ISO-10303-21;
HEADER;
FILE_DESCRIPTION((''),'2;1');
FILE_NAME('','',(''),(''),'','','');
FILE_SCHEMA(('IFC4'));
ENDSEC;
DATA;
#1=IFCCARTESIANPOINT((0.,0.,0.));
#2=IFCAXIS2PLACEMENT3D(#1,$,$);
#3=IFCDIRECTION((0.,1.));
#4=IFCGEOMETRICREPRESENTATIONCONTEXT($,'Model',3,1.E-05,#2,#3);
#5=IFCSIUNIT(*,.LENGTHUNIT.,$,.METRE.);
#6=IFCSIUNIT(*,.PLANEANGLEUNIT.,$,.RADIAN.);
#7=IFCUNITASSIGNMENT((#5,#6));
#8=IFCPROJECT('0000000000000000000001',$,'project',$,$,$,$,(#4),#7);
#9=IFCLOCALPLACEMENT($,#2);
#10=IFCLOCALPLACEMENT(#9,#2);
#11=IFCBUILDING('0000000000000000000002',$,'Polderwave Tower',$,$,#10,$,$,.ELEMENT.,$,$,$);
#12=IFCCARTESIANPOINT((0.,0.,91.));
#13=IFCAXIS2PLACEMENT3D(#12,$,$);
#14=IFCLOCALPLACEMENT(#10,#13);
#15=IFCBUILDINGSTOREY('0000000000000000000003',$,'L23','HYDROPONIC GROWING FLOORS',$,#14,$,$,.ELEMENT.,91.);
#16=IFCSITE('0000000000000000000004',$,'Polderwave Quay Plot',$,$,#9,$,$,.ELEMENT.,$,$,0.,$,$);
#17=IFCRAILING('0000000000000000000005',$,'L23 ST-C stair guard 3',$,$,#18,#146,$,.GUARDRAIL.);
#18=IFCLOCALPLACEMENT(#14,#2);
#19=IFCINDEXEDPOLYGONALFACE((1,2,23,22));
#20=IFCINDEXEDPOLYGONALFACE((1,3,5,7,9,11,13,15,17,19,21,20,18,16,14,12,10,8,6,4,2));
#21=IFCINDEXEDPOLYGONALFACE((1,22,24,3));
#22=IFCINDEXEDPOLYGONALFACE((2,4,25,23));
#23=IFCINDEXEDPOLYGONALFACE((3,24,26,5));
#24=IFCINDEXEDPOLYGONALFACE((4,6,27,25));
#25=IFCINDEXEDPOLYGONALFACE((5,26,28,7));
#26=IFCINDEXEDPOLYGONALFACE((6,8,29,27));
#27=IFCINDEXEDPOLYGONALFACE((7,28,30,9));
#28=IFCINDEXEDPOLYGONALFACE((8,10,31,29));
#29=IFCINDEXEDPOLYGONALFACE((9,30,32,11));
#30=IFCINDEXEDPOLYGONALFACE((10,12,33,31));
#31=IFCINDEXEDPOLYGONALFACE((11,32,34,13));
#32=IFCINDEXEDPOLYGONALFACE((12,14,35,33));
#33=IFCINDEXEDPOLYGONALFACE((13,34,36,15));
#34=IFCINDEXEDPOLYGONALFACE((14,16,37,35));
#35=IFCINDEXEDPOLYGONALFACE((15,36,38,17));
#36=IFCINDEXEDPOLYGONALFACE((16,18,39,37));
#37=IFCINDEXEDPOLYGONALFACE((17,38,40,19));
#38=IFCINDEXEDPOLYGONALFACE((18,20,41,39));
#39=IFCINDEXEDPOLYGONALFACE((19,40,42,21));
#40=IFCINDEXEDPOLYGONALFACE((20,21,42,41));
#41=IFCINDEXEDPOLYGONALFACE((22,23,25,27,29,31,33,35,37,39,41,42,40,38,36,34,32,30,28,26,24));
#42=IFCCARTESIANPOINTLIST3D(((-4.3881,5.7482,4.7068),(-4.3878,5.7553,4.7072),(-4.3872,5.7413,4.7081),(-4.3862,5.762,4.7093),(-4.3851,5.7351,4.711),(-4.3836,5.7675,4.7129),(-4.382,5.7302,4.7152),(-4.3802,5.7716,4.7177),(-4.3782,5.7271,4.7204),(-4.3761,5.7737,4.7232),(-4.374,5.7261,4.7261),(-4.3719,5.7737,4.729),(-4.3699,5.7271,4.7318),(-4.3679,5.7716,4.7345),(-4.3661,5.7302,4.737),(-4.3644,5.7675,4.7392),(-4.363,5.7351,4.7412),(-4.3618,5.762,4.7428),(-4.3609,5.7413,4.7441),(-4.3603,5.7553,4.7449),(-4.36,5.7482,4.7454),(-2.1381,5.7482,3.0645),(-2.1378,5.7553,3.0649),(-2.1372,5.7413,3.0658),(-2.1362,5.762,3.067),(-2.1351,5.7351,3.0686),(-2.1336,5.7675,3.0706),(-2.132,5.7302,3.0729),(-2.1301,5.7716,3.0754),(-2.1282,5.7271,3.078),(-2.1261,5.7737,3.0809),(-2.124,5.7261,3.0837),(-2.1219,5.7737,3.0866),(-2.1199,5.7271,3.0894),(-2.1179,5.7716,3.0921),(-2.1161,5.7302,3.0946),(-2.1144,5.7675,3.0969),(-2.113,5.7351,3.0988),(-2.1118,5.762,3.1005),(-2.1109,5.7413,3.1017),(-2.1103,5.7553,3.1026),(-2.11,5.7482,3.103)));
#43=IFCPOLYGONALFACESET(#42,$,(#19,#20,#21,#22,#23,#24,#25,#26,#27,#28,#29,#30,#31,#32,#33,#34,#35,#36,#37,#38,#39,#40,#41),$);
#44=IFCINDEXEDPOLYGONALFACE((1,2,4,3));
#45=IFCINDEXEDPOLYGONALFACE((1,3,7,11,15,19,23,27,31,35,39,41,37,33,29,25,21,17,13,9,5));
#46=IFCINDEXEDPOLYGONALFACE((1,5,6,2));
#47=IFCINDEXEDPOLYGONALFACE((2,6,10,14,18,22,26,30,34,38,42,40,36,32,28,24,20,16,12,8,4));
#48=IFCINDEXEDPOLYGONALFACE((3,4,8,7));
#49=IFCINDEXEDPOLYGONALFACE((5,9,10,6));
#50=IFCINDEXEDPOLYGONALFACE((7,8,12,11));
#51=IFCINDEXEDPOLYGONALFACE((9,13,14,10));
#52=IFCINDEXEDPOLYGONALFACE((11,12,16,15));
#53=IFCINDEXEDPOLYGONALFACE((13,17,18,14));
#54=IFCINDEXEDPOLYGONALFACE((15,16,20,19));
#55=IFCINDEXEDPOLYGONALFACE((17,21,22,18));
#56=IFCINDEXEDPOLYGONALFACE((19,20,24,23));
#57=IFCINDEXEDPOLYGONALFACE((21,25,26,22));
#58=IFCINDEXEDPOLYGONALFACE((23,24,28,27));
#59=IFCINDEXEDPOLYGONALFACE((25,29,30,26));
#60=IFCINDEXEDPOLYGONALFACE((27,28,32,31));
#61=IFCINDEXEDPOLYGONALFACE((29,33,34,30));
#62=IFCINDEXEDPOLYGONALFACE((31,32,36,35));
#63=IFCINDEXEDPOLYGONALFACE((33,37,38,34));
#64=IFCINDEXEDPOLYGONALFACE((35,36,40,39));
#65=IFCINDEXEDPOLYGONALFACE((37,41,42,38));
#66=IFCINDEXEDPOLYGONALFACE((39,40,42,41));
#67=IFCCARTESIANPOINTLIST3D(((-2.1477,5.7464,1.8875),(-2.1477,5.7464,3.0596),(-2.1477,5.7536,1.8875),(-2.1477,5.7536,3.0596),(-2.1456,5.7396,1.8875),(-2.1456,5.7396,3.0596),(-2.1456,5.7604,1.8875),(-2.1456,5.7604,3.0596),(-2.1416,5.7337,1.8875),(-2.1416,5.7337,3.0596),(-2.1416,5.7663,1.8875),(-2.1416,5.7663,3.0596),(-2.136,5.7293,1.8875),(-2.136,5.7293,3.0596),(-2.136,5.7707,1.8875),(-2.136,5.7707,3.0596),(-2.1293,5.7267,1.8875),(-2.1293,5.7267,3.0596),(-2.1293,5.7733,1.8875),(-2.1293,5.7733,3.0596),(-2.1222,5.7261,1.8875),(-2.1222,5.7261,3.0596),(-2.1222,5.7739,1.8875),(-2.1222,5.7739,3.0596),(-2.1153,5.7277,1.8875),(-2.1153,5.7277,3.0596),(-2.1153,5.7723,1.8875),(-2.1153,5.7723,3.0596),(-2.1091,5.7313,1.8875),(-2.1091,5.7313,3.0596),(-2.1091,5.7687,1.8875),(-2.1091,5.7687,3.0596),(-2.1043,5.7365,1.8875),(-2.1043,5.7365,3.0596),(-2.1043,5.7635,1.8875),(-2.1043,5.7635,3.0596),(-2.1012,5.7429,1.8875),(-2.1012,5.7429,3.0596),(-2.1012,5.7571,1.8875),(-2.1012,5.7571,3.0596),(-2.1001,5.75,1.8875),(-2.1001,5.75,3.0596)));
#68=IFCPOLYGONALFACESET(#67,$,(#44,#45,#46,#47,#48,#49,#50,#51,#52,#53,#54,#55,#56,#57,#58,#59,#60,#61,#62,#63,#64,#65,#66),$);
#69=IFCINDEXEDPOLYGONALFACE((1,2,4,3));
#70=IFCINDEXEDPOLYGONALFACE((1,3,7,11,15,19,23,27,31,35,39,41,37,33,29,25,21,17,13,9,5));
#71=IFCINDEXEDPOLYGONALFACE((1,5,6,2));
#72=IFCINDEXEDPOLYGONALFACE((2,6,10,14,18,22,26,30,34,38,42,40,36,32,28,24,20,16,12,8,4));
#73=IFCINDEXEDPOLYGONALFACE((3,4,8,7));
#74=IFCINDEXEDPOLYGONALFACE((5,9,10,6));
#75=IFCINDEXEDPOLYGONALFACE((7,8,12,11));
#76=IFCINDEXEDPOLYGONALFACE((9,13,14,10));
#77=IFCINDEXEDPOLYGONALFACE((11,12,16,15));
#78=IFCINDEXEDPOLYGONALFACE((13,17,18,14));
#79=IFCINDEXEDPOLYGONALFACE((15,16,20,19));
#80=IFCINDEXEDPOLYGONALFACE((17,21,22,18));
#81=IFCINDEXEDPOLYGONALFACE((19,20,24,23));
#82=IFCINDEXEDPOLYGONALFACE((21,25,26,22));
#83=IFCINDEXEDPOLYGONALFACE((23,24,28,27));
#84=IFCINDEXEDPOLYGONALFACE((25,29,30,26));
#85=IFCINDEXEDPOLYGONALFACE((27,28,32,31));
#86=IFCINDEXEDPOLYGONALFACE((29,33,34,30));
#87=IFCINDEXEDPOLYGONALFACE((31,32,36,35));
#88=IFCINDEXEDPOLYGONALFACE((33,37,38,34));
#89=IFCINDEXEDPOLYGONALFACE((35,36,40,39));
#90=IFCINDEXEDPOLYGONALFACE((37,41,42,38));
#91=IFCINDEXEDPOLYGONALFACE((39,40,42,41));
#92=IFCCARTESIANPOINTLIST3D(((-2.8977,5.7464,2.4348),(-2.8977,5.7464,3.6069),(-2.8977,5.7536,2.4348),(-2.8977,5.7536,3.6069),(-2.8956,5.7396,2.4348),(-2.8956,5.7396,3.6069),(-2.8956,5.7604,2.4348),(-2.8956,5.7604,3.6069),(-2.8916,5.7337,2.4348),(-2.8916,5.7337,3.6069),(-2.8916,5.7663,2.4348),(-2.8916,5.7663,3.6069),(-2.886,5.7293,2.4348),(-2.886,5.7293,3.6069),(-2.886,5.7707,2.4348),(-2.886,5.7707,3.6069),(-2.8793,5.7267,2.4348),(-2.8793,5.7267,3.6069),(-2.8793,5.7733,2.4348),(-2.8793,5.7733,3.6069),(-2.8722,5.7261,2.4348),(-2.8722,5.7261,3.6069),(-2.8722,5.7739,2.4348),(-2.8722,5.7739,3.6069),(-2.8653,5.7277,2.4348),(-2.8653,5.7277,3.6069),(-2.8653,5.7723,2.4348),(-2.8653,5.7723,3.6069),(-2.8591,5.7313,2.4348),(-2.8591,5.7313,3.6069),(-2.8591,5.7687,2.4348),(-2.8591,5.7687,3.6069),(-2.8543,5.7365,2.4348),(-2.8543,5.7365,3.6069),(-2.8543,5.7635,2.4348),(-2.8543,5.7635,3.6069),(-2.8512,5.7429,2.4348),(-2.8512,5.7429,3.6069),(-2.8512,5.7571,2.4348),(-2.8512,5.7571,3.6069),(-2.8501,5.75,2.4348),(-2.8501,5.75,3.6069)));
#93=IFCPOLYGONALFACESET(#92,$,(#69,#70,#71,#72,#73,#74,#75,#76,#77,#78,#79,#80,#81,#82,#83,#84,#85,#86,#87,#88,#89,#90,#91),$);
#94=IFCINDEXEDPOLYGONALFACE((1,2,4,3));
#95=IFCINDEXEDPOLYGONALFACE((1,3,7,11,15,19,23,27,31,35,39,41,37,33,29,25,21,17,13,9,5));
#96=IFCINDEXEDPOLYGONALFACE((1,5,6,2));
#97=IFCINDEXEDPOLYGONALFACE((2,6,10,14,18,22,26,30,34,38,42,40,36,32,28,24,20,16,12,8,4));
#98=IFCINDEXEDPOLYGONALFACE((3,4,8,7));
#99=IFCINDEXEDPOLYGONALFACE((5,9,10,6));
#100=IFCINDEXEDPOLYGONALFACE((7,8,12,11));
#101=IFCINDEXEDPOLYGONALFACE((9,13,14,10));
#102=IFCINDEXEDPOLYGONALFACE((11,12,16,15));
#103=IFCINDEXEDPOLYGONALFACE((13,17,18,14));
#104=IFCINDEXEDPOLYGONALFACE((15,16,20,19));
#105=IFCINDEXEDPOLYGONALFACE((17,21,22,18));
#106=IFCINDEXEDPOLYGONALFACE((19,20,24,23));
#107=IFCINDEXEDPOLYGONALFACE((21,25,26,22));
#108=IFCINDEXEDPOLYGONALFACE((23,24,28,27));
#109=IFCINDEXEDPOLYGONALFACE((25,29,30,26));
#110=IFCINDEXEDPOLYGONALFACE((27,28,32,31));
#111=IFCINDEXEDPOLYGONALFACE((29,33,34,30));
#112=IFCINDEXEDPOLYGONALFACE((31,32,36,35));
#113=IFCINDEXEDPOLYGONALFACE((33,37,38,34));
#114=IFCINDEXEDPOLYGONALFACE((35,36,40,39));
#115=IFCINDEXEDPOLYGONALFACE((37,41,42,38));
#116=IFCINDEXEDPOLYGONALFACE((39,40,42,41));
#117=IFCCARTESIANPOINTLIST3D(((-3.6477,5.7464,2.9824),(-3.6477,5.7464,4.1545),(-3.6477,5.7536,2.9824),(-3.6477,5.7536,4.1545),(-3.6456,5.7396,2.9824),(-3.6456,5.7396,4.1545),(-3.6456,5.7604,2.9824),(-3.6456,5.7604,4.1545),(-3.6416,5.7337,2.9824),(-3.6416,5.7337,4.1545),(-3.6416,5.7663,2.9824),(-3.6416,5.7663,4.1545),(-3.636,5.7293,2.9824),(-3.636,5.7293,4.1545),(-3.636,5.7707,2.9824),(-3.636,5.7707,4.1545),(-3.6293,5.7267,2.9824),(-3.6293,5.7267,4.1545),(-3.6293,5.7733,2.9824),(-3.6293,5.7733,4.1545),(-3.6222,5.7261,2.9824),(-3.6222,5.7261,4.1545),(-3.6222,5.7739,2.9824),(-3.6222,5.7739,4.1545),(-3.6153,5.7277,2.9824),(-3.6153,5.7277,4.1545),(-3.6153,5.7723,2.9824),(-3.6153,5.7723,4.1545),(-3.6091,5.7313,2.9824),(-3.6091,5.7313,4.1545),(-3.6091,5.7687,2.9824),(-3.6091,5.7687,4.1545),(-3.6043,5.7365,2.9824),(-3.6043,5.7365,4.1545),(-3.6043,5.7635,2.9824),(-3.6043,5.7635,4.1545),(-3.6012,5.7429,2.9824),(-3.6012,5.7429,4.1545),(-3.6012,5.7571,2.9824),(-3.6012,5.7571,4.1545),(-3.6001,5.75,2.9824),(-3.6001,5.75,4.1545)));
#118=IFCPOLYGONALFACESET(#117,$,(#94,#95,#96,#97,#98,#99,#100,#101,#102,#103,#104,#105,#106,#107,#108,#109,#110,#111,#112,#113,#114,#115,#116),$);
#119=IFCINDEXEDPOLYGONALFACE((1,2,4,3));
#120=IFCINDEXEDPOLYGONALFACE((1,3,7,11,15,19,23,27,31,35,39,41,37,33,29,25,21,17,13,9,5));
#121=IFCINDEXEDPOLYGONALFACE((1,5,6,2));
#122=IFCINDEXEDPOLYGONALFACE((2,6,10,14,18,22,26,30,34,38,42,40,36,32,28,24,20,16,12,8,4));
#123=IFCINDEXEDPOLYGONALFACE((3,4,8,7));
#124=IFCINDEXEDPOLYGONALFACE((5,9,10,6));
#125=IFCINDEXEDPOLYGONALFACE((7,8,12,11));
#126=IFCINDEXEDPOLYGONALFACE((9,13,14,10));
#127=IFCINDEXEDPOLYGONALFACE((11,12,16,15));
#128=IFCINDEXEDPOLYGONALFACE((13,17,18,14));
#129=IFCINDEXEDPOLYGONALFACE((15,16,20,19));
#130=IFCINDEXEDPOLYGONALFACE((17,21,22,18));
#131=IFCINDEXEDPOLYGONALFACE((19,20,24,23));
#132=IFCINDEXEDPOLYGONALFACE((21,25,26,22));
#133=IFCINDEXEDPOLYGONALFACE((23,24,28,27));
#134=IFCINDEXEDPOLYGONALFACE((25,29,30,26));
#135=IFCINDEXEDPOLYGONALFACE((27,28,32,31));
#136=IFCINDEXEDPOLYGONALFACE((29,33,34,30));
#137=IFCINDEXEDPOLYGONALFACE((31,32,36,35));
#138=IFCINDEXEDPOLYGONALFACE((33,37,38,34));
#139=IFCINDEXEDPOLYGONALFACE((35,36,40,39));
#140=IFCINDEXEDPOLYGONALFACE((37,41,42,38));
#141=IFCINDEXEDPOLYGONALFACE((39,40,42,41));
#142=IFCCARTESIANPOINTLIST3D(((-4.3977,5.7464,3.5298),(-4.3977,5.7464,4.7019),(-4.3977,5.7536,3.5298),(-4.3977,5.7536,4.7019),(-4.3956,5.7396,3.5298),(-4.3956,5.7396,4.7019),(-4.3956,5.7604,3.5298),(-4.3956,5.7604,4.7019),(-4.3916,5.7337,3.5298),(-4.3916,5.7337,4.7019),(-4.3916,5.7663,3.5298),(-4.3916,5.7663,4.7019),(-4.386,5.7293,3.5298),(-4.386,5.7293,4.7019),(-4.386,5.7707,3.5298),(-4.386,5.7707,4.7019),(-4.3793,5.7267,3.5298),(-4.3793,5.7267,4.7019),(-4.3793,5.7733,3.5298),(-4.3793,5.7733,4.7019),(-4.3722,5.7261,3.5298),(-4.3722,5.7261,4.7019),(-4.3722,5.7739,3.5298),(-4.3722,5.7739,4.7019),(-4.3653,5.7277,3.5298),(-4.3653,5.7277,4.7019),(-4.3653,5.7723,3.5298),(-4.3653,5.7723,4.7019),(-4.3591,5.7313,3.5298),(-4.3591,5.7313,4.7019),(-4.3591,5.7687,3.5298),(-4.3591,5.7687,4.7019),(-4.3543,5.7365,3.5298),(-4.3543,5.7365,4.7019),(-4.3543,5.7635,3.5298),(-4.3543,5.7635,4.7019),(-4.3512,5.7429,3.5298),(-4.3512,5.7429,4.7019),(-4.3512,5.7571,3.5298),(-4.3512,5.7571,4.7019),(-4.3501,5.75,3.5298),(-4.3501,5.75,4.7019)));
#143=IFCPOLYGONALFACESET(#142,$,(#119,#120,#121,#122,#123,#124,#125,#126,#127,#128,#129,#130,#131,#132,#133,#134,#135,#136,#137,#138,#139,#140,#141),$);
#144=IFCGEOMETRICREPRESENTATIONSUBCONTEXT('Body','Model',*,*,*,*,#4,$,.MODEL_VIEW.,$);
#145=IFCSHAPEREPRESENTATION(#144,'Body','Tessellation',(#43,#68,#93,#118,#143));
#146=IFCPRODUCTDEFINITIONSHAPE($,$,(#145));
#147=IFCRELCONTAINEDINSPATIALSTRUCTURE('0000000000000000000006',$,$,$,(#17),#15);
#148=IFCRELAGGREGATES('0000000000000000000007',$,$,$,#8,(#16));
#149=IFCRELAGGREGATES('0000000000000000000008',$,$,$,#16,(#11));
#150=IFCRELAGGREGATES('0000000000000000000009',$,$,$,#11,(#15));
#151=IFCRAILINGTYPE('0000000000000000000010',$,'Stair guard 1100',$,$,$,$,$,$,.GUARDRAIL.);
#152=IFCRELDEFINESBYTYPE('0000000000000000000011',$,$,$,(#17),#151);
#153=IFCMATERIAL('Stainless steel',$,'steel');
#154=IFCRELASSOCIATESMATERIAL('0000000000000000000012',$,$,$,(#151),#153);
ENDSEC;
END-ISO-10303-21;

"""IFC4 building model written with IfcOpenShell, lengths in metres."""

from ifc_helpers import new_model, si_unit, direction, frame, origin, origin_2d, place, context, subcontext, project, spatial, circle, extrude, material, type_object, element, save


model = new_model("IFC4")

# Units and contexts
model_context = context("Model", 3, precision=1e-05, world=origin(), true_north=direction((0.0, 1.0)))
body_context = subcontext(model_context, "Body", "Model", "MODEL_VIEW")
ifc_project = project(units=[si_unit("LENGTHUNIT", "METRE"), si_unit("PLANEANGLEUNIT", "RADIAN")], contexts=[model_context])

# Site, building, storey
site_placement = place(None, origin())
site = spatial("IfcSite", under=ifc_project, at=site_placement, Name="Polderwave Quay Plot", CompositionType="ELEMENT", RefElevation=0.0)
building_placement = place(site_placement, origin())
building = spatial("IfcBuilding", under=site, at=building_placement, Name="Polderwave Tower", CompositionType="ELEMENT")
storey_placement = place(building_placement, frame((0.0, 0.0, 91.0)))
storey = spatial("IfcBuildingStorey", under=building, at=storey_placement, Name="L23", Description="HYDROPONIC GROWING FLOORS", CompositionType="ELEMENT", Elevation=91.0)

# Railing
ifc_material_1 = material(Name="Stainless steel", Category="steel")
railing_type_1 = type_object("IfcRailingType", Name="Stair guard 1100", PredefinedType="GUARDRAIL", material=ifc_material_1)
railing_1_placement = place(storey_placement, frame((-2.124, 5.75, 1.8875)))
element("IfcRailing", 1, at=railing_1_placement, inside=storey, type_object=railing_type_1, Name="L23 ST-C stair guard 3", PredefinedType="GUARDRAIL", context=body_context, shape_type="SweptSolid", body=[
    extrude(circle(Radius=0.0239, at=origin_2d()), frame((0.0, 0.0, 1.1963), z_axis=(-0.807715, 0.0, 0.589573), x_axis=(0.0, -1.0, 0.0)), (0.0, 0.0, 1.0), 2.7856),
    extrude(circle(Radius=0.0239, at=origin_2d()), origin(), (0.0, 0.0, 1.0), 1.1721),
    extrude(circle(Radius=0.0239, at=origin_2d()), frame((-0.75, 0.0, 0.5474)), (0.0, 0.0, 1.0), 1.1721),
    extrude(circle(Radius=0.0239, at=origin_2d()), frame((-1.5, 0.0, 1.095)), (0.0, 0.0, 1.0), 1.1721),
    extrude(circle(Radius=0.0239, at=origin_2d()), frame((-2.25, 0.0, 1.6423)), (0.0, 0.0, 1.0), 1.1721),
])

save(model, "model.ifc")
